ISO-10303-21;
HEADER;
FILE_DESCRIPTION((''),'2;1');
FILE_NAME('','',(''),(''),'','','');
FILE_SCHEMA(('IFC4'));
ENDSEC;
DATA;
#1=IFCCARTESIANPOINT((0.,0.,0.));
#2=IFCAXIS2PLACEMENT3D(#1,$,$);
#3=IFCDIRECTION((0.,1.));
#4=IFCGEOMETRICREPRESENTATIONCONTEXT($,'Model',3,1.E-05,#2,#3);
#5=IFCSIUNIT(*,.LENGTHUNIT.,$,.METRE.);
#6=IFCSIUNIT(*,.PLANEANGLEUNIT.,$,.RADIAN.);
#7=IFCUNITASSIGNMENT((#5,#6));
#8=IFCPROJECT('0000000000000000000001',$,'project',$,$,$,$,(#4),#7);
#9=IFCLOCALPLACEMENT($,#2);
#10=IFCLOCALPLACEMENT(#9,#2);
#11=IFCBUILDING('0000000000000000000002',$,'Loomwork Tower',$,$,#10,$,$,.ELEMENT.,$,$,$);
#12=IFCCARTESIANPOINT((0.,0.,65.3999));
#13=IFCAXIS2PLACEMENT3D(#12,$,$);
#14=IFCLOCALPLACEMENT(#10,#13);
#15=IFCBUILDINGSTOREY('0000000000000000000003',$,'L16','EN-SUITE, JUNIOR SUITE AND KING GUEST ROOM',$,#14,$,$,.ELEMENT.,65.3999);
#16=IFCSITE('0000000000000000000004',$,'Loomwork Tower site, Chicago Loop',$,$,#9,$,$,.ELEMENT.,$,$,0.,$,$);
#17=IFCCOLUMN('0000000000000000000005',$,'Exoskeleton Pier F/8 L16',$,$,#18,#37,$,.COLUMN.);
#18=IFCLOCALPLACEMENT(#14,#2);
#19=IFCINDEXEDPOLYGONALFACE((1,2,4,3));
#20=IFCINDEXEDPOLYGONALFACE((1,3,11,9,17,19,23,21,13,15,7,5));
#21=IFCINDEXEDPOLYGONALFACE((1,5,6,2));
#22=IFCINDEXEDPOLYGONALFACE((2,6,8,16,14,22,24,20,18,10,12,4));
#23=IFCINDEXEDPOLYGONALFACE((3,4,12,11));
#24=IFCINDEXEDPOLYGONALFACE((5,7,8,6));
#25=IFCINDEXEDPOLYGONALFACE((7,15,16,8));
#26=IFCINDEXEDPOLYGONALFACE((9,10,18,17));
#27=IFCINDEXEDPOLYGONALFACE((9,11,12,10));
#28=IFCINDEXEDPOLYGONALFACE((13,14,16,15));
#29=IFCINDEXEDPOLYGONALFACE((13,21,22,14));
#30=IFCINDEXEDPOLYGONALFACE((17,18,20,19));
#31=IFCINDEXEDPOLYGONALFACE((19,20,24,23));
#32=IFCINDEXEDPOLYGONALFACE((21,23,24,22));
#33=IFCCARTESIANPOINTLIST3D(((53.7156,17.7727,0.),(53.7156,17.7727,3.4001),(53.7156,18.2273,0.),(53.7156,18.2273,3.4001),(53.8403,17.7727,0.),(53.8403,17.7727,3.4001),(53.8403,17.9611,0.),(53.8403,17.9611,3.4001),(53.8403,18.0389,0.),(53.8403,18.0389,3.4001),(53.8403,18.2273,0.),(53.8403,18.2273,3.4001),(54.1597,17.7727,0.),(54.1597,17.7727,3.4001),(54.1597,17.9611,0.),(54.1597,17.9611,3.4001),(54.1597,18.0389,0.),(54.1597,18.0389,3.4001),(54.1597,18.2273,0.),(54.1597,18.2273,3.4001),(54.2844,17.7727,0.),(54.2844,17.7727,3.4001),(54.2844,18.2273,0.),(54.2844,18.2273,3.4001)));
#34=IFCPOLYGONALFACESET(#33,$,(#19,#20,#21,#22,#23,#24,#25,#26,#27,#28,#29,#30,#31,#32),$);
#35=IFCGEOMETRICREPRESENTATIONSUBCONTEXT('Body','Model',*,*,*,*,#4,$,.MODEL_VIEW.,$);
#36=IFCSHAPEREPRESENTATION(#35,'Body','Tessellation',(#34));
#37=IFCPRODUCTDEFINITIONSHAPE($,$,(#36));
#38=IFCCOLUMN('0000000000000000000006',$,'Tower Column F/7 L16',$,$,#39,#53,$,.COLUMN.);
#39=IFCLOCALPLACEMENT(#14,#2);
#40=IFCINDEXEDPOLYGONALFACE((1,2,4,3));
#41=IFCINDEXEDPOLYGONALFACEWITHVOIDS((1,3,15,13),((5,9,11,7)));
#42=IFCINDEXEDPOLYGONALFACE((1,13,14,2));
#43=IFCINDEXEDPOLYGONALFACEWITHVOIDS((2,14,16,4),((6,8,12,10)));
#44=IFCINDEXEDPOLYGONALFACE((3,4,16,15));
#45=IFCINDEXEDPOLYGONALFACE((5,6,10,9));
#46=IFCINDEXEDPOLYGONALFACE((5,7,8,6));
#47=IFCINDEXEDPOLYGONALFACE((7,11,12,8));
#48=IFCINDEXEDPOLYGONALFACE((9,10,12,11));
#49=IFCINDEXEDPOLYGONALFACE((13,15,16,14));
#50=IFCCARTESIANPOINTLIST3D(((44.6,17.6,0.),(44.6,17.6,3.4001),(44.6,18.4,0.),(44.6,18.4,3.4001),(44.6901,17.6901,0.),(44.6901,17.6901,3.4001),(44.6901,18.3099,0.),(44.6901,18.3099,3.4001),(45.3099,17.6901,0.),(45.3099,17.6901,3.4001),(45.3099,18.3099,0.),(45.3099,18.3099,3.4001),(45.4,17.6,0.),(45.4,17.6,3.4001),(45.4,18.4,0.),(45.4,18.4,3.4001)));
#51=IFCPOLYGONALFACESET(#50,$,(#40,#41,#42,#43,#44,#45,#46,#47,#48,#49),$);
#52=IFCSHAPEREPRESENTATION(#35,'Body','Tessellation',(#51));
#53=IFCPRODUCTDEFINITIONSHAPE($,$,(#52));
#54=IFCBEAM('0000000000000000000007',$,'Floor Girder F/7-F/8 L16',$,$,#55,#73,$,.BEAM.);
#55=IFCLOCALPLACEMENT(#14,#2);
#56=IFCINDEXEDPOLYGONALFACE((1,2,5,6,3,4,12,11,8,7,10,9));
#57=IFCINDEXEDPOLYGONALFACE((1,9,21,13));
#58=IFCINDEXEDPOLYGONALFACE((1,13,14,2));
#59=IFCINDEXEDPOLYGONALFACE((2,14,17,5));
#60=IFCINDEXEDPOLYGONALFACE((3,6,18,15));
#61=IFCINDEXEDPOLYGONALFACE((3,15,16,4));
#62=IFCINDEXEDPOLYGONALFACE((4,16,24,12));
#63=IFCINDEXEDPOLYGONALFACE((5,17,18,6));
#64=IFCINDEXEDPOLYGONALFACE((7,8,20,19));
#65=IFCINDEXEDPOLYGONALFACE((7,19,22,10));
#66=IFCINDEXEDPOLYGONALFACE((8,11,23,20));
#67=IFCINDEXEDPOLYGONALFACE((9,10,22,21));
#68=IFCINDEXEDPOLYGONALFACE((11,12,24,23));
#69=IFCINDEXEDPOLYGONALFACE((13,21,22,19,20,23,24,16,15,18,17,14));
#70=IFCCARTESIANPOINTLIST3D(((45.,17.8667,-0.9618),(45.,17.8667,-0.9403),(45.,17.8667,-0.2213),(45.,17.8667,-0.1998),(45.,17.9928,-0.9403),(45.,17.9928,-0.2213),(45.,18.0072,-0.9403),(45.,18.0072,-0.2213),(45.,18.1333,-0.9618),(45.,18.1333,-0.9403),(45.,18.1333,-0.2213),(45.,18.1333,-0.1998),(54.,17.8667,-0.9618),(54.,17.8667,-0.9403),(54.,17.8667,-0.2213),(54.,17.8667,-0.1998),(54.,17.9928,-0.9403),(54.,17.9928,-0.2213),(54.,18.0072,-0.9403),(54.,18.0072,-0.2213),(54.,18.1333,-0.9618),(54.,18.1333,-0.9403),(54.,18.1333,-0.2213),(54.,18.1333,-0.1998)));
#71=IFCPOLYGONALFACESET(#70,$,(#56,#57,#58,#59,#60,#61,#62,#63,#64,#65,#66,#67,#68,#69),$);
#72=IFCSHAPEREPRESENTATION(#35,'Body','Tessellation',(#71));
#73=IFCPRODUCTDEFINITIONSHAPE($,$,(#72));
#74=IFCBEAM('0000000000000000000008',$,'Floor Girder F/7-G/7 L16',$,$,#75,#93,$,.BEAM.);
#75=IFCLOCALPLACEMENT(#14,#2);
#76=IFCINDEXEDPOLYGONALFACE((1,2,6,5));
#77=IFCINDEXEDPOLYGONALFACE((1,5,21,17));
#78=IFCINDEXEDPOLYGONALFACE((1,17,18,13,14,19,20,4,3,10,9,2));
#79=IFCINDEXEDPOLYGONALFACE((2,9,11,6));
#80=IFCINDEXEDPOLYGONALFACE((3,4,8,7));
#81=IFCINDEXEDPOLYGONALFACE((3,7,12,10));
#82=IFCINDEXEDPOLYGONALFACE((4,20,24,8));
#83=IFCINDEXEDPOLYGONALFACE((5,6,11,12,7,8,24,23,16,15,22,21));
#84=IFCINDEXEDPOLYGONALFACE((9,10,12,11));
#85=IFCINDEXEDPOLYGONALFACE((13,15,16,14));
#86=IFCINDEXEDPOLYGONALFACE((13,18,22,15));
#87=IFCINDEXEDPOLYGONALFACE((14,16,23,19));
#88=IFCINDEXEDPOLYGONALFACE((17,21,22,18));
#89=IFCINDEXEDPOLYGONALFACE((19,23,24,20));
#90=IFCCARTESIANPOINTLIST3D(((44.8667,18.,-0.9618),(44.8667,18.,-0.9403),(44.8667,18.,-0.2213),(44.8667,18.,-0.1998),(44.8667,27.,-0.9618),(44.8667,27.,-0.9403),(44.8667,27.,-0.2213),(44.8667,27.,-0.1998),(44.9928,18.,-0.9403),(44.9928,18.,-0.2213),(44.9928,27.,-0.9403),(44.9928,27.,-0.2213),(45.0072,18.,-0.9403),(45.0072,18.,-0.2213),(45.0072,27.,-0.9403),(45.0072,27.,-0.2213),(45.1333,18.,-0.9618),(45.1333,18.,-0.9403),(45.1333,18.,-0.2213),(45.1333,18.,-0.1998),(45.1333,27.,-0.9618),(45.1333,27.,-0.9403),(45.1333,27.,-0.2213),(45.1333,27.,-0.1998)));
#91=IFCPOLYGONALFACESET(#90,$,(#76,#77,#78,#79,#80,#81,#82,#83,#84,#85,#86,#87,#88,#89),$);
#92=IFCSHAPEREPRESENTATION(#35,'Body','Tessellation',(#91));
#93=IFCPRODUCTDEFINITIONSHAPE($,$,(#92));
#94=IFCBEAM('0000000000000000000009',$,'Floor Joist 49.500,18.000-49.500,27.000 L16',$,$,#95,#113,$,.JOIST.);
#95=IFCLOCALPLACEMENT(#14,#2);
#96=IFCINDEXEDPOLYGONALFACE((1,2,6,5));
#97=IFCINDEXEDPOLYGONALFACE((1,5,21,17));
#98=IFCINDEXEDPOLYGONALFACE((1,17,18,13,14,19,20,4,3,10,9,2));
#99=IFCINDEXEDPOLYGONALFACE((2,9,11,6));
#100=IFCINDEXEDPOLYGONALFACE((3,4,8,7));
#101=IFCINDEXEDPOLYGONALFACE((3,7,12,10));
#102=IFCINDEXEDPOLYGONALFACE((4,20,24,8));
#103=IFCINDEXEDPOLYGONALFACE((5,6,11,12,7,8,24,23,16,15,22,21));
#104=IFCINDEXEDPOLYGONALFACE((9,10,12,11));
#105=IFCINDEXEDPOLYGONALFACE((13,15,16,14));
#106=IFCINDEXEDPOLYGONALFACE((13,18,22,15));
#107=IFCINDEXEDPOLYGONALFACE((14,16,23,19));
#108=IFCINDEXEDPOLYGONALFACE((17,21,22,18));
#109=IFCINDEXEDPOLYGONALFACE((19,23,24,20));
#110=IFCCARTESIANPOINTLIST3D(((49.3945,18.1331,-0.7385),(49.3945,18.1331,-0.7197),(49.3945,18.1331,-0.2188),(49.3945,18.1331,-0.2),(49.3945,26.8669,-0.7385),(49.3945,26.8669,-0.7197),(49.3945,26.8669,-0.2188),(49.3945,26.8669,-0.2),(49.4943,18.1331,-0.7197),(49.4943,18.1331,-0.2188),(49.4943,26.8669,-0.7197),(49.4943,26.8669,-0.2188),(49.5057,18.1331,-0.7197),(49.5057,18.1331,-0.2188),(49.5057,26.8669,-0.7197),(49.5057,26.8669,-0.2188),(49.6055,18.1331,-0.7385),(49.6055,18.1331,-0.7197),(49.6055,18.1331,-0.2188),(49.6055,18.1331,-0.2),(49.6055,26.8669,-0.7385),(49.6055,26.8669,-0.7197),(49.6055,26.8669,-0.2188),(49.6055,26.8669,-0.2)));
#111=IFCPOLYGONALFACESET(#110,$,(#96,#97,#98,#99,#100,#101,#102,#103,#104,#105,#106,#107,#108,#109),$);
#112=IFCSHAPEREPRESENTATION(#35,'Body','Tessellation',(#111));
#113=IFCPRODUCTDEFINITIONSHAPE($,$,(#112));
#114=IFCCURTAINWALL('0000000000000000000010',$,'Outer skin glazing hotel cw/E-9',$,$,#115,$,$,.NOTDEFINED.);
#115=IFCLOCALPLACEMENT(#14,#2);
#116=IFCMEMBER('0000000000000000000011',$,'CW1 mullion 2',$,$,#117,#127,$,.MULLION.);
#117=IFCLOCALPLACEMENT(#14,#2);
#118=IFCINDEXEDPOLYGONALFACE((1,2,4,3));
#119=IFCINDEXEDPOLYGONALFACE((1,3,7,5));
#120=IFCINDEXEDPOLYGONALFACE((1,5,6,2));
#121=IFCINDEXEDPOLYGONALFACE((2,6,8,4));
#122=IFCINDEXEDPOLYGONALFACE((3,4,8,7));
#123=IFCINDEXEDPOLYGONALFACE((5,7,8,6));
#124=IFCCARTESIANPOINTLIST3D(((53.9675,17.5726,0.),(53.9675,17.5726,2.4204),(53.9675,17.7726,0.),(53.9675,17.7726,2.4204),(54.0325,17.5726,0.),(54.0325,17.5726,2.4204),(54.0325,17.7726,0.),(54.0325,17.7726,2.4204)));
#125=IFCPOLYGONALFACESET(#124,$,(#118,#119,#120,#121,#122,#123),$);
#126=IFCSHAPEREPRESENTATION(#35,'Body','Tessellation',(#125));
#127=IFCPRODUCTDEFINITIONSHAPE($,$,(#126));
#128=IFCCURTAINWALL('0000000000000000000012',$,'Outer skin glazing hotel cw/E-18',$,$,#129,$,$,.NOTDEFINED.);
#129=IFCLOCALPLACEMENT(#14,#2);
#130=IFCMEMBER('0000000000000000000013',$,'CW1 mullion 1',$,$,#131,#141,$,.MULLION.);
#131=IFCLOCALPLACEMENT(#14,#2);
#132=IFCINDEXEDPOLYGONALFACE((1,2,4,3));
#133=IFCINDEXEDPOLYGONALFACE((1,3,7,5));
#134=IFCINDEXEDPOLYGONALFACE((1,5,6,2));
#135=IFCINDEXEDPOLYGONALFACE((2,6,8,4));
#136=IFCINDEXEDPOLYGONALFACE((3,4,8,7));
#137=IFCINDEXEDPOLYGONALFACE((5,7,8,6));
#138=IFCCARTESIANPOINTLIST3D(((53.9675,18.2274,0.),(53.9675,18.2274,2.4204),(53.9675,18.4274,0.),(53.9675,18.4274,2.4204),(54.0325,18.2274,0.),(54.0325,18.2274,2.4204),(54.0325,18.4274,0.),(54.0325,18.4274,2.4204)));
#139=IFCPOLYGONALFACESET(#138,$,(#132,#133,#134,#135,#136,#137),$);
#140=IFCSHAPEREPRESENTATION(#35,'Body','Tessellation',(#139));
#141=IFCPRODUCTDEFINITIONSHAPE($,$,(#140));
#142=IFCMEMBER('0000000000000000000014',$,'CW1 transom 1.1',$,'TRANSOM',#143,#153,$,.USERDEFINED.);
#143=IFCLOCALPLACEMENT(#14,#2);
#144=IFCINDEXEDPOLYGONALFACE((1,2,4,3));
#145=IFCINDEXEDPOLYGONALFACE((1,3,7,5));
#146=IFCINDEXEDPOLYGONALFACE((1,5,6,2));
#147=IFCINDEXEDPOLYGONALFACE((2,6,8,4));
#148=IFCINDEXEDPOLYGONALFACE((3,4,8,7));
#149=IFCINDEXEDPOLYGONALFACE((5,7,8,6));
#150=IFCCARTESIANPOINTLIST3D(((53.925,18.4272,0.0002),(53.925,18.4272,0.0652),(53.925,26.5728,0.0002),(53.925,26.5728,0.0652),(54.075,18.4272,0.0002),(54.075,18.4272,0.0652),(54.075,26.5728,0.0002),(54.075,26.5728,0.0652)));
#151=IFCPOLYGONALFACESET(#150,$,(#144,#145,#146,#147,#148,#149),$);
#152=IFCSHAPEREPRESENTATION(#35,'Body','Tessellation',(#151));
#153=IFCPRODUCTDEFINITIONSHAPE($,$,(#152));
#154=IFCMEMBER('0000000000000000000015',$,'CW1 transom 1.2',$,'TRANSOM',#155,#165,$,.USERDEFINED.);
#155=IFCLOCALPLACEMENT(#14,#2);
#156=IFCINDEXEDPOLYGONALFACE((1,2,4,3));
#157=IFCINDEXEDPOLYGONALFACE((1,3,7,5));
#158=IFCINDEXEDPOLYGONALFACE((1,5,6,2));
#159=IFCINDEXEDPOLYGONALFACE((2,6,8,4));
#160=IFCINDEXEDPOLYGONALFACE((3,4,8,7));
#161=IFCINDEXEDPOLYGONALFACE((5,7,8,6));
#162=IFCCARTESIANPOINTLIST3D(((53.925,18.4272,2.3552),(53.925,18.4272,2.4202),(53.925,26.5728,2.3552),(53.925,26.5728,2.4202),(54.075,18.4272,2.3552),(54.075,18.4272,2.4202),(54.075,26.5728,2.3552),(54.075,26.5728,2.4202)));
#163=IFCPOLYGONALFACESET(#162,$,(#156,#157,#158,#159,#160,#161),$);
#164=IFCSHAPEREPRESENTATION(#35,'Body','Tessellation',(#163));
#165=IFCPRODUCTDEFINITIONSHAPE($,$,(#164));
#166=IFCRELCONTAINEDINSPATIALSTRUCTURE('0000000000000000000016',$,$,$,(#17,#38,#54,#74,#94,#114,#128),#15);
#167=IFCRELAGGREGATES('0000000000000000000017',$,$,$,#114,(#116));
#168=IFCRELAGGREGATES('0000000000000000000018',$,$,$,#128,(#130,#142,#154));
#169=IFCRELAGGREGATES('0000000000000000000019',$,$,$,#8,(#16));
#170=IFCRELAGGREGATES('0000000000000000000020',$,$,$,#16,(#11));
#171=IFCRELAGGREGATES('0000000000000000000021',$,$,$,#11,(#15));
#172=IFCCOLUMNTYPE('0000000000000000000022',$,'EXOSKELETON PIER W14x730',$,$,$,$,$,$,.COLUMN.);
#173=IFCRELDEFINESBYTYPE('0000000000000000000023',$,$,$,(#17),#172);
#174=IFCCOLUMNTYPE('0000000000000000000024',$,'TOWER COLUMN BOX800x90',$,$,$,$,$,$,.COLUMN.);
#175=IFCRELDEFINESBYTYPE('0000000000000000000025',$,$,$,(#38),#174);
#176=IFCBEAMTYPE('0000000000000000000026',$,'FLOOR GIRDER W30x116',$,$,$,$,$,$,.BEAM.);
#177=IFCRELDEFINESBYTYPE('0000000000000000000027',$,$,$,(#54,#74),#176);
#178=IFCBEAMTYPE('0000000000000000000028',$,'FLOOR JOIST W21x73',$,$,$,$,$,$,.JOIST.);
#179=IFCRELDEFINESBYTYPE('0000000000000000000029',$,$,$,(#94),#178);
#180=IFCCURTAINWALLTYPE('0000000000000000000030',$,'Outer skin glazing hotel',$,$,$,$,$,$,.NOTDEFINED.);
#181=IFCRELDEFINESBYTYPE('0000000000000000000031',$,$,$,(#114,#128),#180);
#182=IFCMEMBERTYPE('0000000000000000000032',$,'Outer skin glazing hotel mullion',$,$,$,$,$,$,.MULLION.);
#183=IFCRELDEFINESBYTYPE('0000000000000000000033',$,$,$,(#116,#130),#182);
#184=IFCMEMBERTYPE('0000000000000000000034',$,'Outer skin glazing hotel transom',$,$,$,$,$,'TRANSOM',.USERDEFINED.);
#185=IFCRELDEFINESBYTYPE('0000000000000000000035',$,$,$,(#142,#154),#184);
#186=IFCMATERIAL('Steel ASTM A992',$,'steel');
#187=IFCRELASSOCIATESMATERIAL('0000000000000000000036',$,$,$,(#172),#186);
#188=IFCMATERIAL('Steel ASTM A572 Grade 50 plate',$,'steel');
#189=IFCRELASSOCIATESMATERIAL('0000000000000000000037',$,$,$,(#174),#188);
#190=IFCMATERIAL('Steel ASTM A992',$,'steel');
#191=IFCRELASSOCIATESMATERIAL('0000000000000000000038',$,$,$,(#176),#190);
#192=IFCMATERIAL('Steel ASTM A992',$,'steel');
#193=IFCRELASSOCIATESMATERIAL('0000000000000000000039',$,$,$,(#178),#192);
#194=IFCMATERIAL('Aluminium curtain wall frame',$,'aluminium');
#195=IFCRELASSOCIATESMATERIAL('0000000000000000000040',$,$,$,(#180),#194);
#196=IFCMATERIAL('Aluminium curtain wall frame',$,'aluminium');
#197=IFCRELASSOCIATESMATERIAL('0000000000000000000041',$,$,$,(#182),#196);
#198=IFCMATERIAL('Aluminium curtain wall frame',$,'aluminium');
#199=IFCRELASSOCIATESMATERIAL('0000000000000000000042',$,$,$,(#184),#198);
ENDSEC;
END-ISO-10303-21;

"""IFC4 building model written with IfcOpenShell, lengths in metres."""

from ifc_helpers import new_model, si_unit, direction, frame, origin, origin_2d, place, context, subcontext, project, spatial, rectangle, hollow_rectangle, i_section, extrude, material, material_profile, profile_set, type_object, element, aggregate, save


model = new_model("IFC4")

# Units and contexts
model_context = context("Model", 3, precision=1e-05, world=origin(), true_north=direction((0.0, 1.0)))
body_context = subcontext(model_context, "Body", "Model", "MODEL_VIEW")
ifc_project = project(units=[si_unit("LENGTHUNIT", "METRE"), si_unit("PLANEANGLEUNIT", "RADIAN")], contexts=[model_context])

# Site, building, storey
site_placement = place(None, origin())
site = spatial("IfcSite", under=ifc_project, at=site_placement, Name="Loomwork Tower site, Chicago Loop", CompositionType="ELEMENT", RefElevation=0.0)
building_placement = place(site_placement, origin())
building = spatial("IfcBuilding", under=site, at=building_placement, Name="Loomwork Tower", CompositionType="ELEMENT")
storey_placement = place(building_placement, frame((0.0, 0.0, 65.3999)))
storey = spatial("IfcBuildingStorey", under=building, at=storey_placement, Name="L16", Description="EN-SUITE, JUNIOR SUITE AND KING GUEST ROOM", CompositionType="ELEMENT", Elevation=65.3999)

# Columns
ifc_material_1 = material(Name="Steel ASTM A992", Category="steel")
ifc_material_profile_1 = material_profile(ifc_material_1, i_section(OverallWidth=0.4546, OverallDepth=0.5688, WebThickness=0.0779, FlangeThickness=0.1248, at=origin_2d()), Name="W14x730")
ifc_profile_set_1 = profile_set([ifc_material_profile_1], Name="Steel ASTM A992")
column_type_1 = type_object("IfcColumnType", Name="EXOSKELETON PIER W14x730", PredefinedType="COLUMN", material=ifc_profile_set_1)
column_1_placement = place(storey_placement, frame((54.0, 18.0, 0.0), z_axis=(0.0, 0.0, 1.0), x_axis=(0.0, 1.0, 0.0)))
element("IfcColumn", 1, at=column_1_placement, inside=storey, type_object=column_type_1, Name="Exoskeleton Pier F/8 L16", PredefinedType="COLUMN", context=body_context, shape_type="SweptSolid", body=[
    extrude(i_section(OverallWidth=0.4546, OverallDepth=0.5688, WebThickness=0.0779, FlangeThickness=0.1248, at=origin_2d()), origin(), (0.0, 0.0, 1.0), 3.4001),
])
ifc_material_2 = material(Name="Steel ASTM A572 Grade 50 plate", Category="steel")
ifc_material_profile_2 = material_profile(ifc_material_2, hollow_rectangle(XDim=0.8, YDim=0.8, WallThickness=0.0901, at=origin_2d()), Name="BOX800x90")
ifc_profile_set_2 = profile_set([ifc_material_profile_2], Name="Steel ASTM A572 Grade 50 plate")
column_type_2 = type_object("IfcColumnType", Name="TOWER COLUMN BOX800x90", PredefinedType="COLUMN", material=ifc_profile_set_2)
column_2_placement = place(storey_placement, frame((45.0, 18.0, 0.0), z_axis=(0.0, 0.0, 1.0), x_axis=(0.0, 1.0, 0.0)))
element("IfcColumn", 2, at=column_2_placement, inside=storey, type_object=column_type_2, Name="Tower Column F/7 L16", PredefinedType="COLUMN", context=body_context, shape_type="SweptSolid", body=[
    extrude(hollow_rectangle(XDim=0.8, YDim=0.8, WallThickness=0.0901, at=origin_2d()), origin(), (0.0, 0.0, 1.0), 3.4001),
])

# Beams
ifc_material_3 = material(Name="Steel ASTM A992", Category="steel")
ifc_material_profile_3 = material_profile(ifc_material_3, i_section(OverallWidth=0.2666, OverallDepth=0.762, WebThickness=0.0144, FlangeThickness=0.0215, at=origin_2d()), Name="W30x116")
ifc_profile_set_3 = profile_set([ifc_material_profile_3], Name="Steel ASTM A992")
beam_type_1 = type_object("IfcBeamType", Name="FLOOR GIRDER W30x116", PredefinedType="BEAM", material=ifc_profile_set_3)
for number, where, z_axis, x_axis, name in (
    (3, (45.0, 18.0, -0.5808), (1.0, 0.0, 0.0), (0.0, 1.0, 0.0), "Floor Girder F/7-F/8 L16"),
    (4, (45.0, 18.0, -0.5808), (0.0, 1.0, 0.0), (-1.0, 0.0, 0.0), "Floor Girder F/7-G/7 L16"),
):
    element("IfcBeam", number, at=place(storey_placement, frame(where, z_axis=z_axis, x_axis=x_axis)), inside=storey, type_object=beam_type_1, Name=name, PredefinedType="BEAM", context=body_context, shape_type="SweptSolid", body=[
        extrude(i_section(OverallWidth=0.2666, OverallDepth=0.762, WebThickness=0.0144, FlangeThickness=0.0215, at=origin_2d()), origin(), (0.0, 0.0, 1.0), 9.0),
    ])
ifc_material_4 = material(Name="Steel ASTM A992", Category="steel")
ifc_material_profile_4 = material_profile(ifc_material_4, i_section(OverallWidth=0.2109, OverallDepth=0.5386, WebThickness=0.0115, FlangeThickness=0.0188, at=origin_2d()), Name="W21x73")
ifc_profile_set_4 = profile_set([ifc_material_profile_4], Name="Steel ASTM A992")
beam_type_2 = type_object("IfcBeamType", Name="FLOOR JOIST W21x73", PredefinedType="JOIST", material=ifc_profile_set_4)
beam_1_placement = place(storey_placement, frame((49.5, 18.1331, -0.4692), z_axis=(0.0, 1.0, 0.0), x_axis=(-1.0, 0.0, 0.0)))
element("IfcBeam", 5, at=beam_1_placement, inside=storey, type_object=beam_type_2, Name="Floor Joist 49.500,18.000-49.500,27.000 L16", PredefinedType="JOIST", context=body_context, shape_type="SweptSolid", body=[
    extrude(i_section(OverallWidth=0.2109, OverallDepth=0.5386, WebThickness=0.0115, FlangeThickness=0.0188, at=origin_2d()), origin(), (0.0, 0.0, 1.0), 8.7339),
])

# Curtain wall, member
ifc_material_5 = material(Name="Aluminium curtain wall frame", Category="aluminium")
curtain_wall_type = type_object("IfcCurtainWallType", Name="Outer skin glazing hotel", PredefinedType="NOTDEFINED", material=ifc_material_5)
curtain_wall_1_placement = place(storey_placement, origin())
curtain_wall_1 = element("IfcCurtainWall", 6, at=curtain_wall_1_placement, inside=storey, type_object=curtain_wall_type, Name="Outer skin glazing hotel cw/E-9", PredefinedType="NOTDEFINED")
ifc_material_6 = material(Name="Aluminium curtain wall frame", Category="aluminium")
ifc_material_profile_5 = material_profile(ifc_material_6, rectangle(XDim=0.0649, YDim=0.2, at=origin_2d()), Name="AL 65x200")
ifc_profile_set_5 = profile_set([ifc_material_profile_5], Name="Aluminium curtain wall frame")
member_type_1 = type_object("IfcMemberType", Name="Outer skin glazing hotel mullion", PredefinedType="MULLION", material=ifc_profile_set_5)
member_1_placement = place(storey_placement, frame((54.0, 17.6726, 0.0), z_axis=(0.0, 0.0, 1.0), x_axis=(-1.0, 0.0, 0.0)))
member_1 = element("IfcMember", 7, at=member_1_placement, type_object=member_type_1, Name="CW1 mullion 2", PredefinedType="MULLION", context=body_context, shape_type="SweptSolid", body=[
    extrude(rectangle(XDim=0.0649, YDim=0.2, at=origin_2d()), origin(), (0.0, 0.0, 1.0), 2.4204),
])
aggregate(curtain_wall_1, [member_1])

# Curtain wall, members
curtain_wall_2_placement = place(storey_placement, origin())
curtain_wall_2 = element("IfcCurtainWall", 8, at=curtain_wall_2_placement, inside=storey, type_object=curtain_wall_type, Name="Outer skin glazing hotel cw/E-18", PredefinedType="NOTDEFINED")
member_2_placement = place(storey_placement, frame((54.0, 18.3274, 0.0), z_axis=(0.0, 0.0, 1.0), x_axis=(-1.0, 0.0, 0.0)))
member_2 = element("IfcMember", 9, at=member_2_placement, type_object=member_type_1, Name="CW1 mullion 1", PredefinedType="MULLION", context=body_context, shape_type="SweptSolid", body=[
    extrude(rectangle(XDim=0.0649, YDim=0.2, at=origin_2d()), origin(), (0.0, 0.0, 1.0), 2.4204),
])
ifc_material_7 = material(Name="Aluminium curtain wall frame", Category="aluminium")
ifc_material_profile_6 = material_profile(ifc_material_7, rectangle(XDim=0.1499, YDim=0.0649, at=origin_2d()), Name="AL 65x150")
ifc_profile_set_6 = profile_set([ifc_material_profile_6], Name="Aluminium curtain wall frame")
member_type_2 = type_object("IfcMemberType", Name="Outer skin glazing hotel transom", ElementType="TRANSOM", PredefinedType="USERDEFINED", material=ifc_profile_set_6)
member_3_placement = place(storey_placement, frame((54.0, 18.4272, 0.0327), z_axis=(0.0, 1.0, 0.0), x_axis=(-1.0, 0.0, 0.0)))
member_3 = element("IfcMember", 10, at=member_3_placement, type_object=member_type_2, Name="CW1 transom 1.1", ObjectType="TRANSOM", PredefinedType="USERDEFINED", context=body_context, shape_type="SweptSolid", body=[
    extrude(rectangle(XDim=0.1499, YDim=0.0649, at=origin_2d()), origin(), (0.0, 0.0, 1.0), 8.1455),
])
member_4_placement = place(storey_placement, frame((54.0, 18.4272, 2.3877), z_axis=(0.0, 1.0, 0.0), x_axis=(-1.0, 0.0, 0.0)))
member_4 = element("IfcMember", 11, at=member_4_placement, type_object=member_type_2, Name="CW1 transom 1.2", ObjectType="TRANSOM", PredefinedType="USERDEFINED", context=body_context, shape_type="SweptSolid", body=[
    extrude(rectangle(XDim=0.1499, YDim=0.0649, at=origin_2d()), origin(), (0.0, 0.0, 1.0), 8.1455),
])
aggregate(curtain_wall_2, [member_2, member_3, member_4])

save(model, "model.ifc")
